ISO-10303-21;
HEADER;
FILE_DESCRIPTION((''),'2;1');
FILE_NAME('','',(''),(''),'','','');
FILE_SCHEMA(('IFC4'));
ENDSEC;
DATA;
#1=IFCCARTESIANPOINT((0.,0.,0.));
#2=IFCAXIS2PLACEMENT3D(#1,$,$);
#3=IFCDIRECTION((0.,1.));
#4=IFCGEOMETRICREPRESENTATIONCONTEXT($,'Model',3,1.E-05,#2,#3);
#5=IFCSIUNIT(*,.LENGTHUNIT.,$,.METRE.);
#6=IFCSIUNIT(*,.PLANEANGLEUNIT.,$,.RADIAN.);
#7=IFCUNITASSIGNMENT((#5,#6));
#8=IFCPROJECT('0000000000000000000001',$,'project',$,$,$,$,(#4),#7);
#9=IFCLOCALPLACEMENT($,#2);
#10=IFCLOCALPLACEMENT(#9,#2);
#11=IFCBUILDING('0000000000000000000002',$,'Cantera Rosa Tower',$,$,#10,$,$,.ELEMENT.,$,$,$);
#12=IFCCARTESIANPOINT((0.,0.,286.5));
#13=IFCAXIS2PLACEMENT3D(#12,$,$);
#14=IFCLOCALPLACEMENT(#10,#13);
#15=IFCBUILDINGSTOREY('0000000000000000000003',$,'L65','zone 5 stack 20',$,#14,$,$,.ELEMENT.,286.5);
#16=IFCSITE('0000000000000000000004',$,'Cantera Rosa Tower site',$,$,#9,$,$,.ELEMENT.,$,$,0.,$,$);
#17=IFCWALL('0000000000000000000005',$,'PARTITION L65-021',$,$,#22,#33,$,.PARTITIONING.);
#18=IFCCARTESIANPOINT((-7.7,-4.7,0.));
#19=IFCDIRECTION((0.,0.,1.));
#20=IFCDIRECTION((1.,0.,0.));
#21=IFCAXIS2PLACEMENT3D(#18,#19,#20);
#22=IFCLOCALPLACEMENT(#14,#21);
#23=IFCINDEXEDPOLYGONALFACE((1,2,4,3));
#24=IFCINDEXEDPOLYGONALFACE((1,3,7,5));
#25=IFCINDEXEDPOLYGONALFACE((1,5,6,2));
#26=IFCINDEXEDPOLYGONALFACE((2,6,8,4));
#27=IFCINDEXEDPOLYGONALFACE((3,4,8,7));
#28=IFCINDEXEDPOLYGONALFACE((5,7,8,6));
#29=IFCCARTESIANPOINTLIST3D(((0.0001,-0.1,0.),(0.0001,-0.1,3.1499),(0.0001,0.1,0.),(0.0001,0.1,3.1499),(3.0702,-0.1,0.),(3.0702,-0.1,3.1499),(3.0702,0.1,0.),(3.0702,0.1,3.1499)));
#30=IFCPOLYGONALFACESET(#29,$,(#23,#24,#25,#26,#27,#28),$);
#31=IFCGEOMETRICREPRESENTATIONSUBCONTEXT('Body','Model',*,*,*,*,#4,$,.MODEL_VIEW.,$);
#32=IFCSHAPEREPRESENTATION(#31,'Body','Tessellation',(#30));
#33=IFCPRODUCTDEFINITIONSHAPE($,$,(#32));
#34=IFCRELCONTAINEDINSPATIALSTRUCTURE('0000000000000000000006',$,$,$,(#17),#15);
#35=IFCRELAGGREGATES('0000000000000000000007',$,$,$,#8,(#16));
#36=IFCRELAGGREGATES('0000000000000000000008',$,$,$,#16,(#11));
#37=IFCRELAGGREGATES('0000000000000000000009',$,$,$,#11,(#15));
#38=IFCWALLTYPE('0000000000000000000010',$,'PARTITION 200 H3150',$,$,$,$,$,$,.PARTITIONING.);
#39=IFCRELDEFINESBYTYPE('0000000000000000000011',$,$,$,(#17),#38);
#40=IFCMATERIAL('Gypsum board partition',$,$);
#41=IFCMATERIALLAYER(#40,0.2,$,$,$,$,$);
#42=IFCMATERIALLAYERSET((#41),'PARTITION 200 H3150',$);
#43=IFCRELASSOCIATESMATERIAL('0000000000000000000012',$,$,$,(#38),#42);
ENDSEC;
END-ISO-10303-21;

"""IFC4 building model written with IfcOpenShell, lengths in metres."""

from ifc_helpers import new_model, si_unit, direction, frame, frame_2d, origin, place, context, subcontext, project, spatial, rectangle, extrude, material, layer, layer_set, type_object, element, save


model = new_model("IFC4")

# Units and contexts
model_context = context("Model", 3, precision=1e-05, world=origin(), true_north=direction((0.0, 1.0)))
body_context = subcontext(model_context, "Body", "Model", "MODEL_VIEW")
ifc_project = project(units=[si_unit("LENGTHUNIT", "METRE"), si_unit("PLANEANGLEUNIT", "RADIAN")], contexts=[model_context])

# Site, building, storey
site_placement = place(None, origin())
site = spatial("IfcSite", under=ifc_project, at=site_placement, Name="Cantera Rosa Tower site", CompositionType="ELEMENT", RefElevation=0.0)
building_placement = place(site_placement, origin())
building = spatial("IfcBuilding", under=site, at=building_placement, Name="Cantera Rosa Tower", CompositionType="ELEMENT")
storey_placement = place(building_placement, frame((0.0, 0.0, 286.5)))
storey = spatial("IfcBuildingStorey", under=building, at=storey_placement, Name="L65", Description="zone 5 stack 20", CompositionType="ELEMENT", Elevation=286.5)

# Wall
ifc_material_1 = material(Name="Gypsum board partition")
ifc_layer_1 = layer(ifc_material_1, 0.2)
ifc_layer_set_1 = layer_set([ifc_layer_1], Name="PARTITION 200 H3150")
wall_type_1 = type_object("IfcWallType", Name="PARTITION 200 H3150", PredefinedType="PARTITIONING", material=ifc_layer_set_1)
wall_1_placement = place(storey_placement, frame((-7.7, -4.7, 0.0), z_axis=(0.0, 0.0, 1.0), x_axis=(1.0, 0.0, 0.0)))
element("IfcWall", 1, at=wall_1_placement, inside=storey, type_object=wall_type_1, Name="PARTITION L65-021", PredefinedType="PARTITIONING", context=body_context, shape_type="SweptSolid", body=[
    extrude(rectangle(XDim=3.0701, YDim=0.2, at=frame_2d((1.5352, 0.0))), origin(), (0.0, 0.0, 1.0), 3.1499),
])

save(model, "model.ifc")
